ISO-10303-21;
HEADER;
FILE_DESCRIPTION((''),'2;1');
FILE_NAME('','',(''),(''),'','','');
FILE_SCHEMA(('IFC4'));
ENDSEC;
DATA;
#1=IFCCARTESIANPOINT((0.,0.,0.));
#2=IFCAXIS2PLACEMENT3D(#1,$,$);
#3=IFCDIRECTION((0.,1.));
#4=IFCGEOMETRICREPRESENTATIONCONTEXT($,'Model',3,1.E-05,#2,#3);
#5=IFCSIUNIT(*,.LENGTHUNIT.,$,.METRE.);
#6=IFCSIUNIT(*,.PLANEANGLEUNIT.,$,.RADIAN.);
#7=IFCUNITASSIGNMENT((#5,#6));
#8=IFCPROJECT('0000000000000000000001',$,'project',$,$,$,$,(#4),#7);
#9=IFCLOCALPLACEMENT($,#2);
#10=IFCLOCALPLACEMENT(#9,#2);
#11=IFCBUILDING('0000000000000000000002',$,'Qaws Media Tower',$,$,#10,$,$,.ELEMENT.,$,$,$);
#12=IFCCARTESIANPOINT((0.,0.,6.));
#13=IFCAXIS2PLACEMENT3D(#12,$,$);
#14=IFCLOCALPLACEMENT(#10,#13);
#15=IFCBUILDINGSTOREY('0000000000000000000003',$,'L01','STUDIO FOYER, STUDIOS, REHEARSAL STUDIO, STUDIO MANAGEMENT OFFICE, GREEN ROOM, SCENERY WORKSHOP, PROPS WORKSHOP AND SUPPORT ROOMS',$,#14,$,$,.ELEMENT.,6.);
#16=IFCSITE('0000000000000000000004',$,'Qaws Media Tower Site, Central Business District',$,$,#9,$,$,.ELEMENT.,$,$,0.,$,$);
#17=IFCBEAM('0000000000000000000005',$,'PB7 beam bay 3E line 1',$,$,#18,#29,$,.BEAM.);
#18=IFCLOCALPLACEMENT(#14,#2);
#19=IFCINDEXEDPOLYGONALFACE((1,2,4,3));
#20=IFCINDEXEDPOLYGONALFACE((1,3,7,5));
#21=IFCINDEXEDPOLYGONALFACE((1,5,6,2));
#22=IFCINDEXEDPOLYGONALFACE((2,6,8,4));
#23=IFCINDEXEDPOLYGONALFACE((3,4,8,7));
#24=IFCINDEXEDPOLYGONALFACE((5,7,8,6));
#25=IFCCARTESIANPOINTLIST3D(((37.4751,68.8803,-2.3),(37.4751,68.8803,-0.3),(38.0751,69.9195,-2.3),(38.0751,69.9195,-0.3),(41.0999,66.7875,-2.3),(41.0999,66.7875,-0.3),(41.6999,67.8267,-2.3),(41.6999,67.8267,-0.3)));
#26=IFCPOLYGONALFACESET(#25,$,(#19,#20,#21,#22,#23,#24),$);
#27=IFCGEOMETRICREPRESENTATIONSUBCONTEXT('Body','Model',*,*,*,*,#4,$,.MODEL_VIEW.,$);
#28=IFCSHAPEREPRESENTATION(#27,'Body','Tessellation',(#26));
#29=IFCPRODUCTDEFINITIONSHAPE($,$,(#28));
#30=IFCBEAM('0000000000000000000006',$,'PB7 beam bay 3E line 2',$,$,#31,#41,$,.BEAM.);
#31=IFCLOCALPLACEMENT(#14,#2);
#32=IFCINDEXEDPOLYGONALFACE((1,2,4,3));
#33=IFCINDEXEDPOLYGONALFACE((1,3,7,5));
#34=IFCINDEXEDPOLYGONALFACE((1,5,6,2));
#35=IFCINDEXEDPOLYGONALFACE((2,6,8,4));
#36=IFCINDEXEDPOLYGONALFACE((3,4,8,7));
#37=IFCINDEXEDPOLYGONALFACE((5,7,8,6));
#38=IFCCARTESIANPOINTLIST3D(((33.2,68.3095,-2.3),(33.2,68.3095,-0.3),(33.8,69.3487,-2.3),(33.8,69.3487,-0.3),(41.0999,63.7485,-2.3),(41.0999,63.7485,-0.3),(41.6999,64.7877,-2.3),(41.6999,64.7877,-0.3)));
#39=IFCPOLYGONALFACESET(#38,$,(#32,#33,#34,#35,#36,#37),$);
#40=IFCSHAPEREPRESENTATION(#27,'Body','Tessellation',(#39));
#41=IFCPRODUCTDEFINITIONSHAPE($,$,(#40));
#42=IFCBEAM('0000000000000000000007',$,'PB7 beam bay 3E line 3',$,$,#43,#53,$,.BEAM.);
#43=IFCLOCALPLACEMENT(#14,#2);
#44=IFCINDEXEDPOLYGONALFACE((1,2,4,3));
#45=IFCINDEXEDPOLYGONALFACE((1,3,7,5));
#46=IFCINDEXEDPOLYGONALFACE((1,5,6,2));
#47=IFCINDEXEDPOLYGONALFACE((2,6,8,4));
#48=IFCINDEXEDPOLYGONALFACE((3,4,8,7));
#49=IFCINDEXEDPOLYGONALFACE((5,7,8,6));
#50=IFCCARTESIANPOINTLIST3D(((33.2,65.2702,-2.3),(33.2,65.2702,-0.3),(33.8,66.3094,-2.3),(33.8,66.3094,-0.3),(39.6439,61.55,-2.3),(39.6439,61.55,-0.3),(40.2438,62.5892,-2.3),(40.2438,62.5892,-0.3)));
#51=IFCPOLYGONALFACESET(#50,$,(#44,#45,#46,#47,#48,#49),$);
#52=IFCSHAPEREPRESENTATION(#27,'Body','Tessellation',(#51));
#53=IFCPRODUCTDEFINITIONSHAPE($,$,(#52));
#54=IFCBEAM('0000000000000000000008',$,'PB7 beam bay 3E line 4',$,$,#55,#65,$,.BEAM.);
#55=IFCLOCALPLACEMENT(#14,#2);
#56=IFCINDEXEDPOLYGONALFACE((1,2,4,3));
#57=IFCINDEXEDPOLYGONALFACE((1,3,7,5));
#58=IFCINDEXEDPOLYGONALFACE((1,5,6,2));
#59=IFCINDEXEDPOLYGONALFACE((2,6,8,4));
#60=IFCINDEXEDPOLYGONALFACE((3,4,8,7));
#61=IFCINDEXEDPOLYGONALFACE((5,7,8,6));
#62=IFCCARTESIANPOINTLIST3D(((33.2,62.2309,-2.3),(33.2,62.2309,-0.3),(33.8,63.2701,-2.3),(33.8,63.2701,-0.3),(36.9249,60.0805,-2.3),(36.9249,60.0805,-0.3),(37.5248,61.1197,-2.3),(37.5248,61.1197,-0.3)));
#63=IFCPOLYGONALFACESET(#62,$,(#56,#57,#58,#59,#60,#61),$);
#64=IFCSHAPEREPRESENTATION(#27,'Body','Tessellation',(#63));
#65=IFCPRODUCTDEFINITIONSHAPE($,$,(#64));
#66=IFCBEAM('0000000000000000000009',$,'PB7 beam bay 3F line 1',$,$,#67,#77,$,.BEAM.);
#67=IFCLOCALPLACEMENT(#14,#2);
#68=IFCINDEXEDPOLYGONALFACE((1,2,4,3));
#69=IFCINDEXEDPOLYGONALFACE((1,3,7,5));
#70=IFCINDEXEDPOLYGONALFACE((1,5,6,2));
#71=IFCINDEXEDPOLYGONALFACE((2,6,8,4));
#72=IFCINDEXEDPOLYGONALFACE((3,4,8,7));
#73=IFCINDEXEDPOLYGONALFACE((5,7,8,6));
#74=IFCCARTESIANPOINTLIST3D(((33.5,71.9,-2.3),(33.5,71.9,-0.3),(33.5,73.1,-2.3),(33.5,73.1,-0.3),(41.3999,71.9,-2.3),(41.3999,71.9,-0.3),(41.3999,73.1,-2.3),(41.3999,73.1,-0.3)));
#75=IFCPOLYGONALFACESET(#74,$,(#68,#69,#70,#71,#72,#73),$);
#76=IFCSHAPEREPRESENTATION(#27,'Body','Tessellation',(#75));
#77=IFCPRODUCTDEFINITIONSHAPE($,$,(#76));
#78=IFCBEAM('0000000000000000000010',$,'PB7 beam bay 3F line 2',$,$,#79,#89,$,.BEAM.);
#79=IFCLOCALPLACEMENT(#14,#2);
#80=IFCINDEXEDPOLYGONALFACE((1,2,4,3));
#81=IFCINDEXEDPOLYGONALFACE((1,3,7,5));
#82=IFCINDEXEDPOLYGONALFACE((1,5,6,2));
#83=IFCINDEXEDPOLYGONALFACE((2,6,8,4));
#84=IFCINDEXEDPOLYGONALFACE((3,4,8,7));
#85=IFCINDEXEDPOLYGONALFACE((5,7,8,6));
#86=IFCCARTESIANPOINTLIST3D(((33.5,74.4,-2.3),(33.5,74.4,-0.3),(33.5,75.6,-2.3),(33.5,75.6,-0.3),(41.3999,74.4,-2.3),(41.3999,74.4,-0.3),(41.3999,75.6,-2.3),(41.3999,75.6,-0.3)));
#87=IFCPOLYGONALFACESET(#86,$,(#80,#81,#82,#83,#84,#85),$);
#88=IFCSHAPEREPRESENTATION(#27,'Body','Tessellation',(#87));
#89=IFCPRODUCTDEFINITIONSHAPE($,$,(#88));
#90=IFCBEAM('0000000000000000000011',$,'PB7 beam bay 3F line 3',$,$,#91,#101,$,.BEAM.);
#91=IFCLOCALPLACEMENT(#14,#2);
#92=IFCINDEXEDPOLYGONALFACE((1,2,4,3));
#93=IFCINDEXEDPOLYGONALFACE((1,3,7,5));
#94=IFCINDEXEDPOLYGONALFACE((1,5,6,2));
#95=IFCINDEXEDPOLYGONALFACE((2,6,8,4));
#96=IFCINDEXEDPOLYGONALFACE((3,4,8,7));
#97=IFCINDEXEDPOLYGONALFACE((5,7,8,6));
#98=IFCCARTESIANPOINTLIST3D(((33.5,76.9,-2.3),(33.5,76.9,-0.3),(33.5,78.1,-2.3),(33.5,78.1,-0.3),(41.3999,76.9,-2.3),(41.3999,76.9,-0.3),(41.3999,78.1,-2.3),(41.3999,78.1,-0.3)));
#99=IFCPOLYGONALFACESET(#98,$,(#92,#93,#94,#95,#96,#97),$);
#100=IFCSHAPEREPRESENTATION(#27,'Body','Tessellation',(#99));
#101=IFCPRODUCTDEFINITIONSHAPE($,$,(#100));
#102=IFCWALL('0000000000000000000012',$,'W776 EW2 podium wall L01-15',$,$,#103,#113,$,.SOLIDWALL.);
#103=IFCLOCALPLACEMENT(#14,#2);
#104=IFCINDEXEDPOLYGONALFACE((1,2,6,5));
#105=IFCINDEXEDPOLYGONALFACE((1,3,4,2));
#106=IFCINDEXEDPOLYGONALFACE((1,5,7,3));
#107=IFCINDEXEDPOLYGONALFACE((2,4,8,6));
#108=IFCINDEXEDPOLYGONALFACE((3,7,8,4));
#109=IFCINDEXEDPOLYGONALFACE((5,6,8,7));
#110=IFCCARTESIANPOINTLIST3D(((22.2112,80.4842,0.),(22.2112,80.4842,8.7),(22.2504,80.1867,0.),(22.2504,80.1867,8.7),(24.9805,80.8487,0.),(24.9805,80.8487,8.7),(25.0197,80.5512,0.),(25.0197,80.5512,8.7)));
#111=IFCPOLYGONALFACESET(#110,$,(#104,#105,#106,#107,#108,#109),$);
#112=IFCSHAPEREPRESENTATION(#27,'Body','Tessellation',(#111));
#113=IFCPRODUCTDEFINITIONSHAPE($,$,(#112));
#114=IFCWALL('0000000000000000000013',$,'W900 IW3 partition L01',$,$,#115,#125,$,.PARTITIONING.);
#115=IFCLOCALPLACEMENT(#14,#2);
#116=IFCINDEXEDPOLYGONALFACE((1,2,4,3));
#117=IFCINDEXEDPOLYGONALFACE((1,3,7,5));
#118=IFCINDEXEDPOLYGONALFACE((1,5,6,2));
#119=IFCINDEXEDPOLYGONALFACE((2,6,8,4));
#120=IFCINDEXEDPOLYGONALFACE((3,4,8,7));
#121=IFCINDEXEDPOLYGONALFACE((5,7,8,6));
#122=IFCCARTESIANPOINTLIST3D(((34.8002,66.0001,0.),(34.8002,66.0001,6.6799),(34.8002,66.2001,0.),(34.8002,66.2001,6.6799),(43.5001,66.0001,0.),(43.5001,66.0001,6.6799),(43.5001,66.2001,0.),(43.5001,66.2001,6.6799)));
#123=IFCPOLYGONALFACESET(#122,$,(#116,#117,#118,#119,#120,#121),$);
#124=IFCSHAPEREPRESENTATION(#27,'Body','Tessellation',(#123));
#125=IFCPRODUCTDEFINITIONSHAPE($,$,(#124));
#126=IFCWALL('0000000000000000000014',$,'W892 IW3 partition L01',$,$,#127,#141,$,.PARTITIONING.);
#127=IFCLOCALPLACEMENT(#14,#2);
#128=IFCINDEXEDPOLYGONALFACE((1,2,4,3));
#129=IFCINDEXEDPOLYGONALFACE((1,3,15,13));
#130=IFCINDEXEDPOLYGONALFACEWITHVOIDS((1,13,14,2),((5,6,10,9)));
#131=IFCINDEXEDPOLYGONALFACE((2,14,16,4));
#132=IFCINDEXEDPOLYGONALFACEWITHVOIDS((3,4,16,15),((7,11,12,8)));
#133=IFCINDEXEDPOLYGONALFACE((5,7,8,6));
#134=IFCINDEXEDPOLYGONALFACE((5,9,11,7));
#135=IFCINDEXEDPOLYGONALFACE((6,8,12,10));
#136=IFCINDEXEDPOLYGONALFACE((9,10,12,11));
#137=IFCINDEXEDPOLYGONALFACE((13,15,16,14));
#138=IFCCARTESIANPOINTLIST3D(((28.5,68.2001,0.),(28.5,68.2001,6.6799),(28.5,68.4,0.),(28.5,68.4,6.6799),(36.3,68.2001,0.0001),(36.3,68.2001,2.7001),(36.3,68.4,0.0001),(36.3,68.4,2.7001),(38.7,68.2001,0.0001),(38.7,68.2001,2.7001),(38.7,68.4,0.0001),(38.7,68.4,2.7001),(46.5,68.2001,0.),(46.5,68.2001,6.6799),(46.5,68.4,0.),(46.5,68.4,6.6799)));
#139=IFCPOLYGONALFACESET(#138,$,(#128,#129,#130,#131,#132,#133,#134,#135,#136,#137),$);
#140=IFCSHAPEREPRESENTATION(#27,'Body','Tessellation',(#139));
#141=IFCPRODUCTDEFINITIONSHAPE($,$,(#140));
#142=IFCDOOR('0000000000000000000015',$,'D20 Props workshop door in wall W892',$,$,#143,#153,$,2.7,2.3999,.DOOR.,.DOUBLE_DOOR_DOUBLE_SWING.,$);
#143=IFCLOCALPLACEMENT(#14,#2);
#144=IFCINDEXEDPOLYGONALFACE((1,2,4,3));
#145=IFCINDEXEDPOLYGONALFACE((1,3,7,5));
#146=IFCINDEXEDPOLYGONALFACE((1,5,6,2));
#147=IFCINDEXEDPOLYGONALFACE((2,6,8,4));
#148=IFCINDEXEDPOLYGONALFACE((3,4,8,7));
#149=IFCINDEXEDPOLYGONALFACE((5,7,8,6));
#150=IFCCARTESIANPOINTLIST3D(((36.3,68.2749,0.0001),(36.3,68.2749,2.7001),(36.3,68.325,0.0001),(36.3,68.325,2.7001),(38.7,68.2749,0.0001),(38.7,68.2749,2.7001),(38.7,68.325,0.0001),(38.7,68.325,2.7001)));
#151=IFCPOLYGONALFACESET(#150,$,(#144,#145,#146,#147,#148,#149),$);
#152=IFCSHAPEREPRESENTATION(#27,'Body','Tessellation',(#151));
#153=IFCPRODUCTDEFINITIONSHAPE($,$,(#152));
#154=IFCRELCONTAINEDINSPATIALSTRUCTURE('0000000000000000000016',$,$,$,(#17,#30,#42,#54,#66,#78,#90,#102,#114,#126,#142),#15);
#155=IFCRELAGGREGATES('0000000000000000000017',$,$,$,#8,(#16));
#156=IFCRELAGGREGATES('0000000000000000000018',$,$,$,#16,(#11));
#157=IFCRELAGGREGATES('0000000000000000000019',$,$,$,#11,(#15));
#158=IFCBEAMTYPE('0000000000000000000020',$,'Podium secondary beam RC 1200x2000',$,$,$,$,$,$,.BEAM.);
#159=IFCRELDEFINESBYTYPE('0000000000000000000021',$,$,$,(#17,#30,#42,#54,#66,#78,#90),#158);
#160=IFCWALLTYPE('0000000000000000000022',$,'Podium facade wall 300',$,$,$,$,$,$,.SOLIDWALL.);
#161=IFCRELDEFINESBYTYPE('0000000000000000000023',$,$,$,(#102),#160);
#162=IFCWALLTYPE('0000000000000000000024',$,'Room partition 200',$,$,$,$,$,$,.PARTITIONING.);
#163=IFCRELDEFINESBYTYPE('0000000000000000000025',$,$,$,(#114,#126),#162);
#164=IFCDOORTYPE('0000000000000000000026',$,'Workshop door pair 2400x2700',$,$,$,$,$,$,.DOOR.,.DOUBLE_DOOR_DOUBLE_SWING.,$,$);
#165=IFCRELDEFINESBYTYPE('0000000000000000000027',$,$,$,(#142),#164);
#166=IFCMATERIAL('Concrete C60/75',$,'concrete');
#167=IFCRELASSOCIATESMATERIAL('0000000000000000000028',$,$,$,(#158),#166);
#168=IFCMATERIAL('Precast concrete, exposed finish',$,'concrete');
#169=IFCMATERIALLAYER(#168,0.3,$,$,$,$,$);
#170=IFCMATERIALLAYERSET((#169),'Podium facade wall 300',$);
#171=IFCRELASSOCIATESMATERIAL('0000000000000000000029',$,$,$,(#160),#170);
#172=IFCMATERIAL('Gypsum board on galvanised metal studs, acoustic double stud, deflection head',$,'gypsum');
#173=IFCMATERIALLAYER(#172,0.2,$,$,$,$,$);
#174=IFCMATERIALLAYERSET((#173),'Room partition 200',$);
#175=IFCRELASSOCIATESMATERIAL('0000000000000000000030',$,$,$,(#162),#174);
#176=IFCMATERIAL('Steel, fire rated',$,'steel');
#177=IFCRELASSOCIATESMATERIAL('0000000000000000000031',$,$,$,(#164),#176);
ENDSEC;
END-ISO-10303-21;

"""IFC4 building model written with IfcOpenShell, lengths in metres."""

from ifc_helpers import new_model, si_unit, direction, frame, frame_2d, origin, origin_2d, place, context, subcontext, project, spatial, rectangle, extrude, material, layer, layer_set, material_profile, profile_set, type_object, element, fill, save


model = new_model("IFC4")

# Units and contexts
model_context = context("Model", 3, precision=1e-05, world=origin(), true_north=direction((0.0, 1.0)))
body_context = subcontext(model_context, "Body", "Model", "MODEL_VIEW")
ifc_project = project(units=[si_unit("LENGTHUNIT", "METRE"), si_unit("PLANEANGLEUNIT", "RADIAN")], contexts=[model_context])

# Site, building, storey
site_placement = place(None, origin())
site = spatial("IfcSite", under=ifc_project, at=site_placement, Name="Qaws Media Tower Site, Central Business District", CompositionType="ELEMENT", RefElevation=0.0)
building_placement = place(site_placement, origin())
building = spatial("IfcBuilding", under=site, at=building_placement, Name="Qaws Media Tower", CompositionType="ELEMENT")
storey_placement = place(building_placement, frame((0.0, 0.0, 6.0)))
storey = spatial("IfcBuildingStorey", under=building, at=storey_placement, Name="L01", Description="STUDIO FOYER, STUDIOS, REHEARSAL STUDIO, STUDIO MANAGEMENT OFFICE, GREEN ROOM, SCENERY WORKSHOP, PROPS WORKSHOP AND SUPPORT ROOMS", CompositionType="ELEMENT", Elevation=6.0)

# Beams
ifc_material_1 = material(Name="Concrete C60/75", Category="concrete")
ifc_material_profile_1 = material_profile(ifc_material_1, rectangle(XDim=1.2, YDim=2.0, at=origin_2d()), Name="RC 1200x2000")
ifc_profile_set_1 = profile_set([ifc_material_profile_1], Name="Concrete C60/75")
beam_type_1 = type_object("IfcBeamType", Name="Podium secondary beam RC 1200x2000", PredefinedType="BEAM", material=ifc_profile_set_1)
beam_1_placement = place(storey_placement, frame((41.3999, 67.3071, -1.3), z_axis=(-0.866023, 0.500004, 0.0), x_axis=(-0.500004, -0.866023, 0.0)))
element("IfcBeam", 1, at=beam_1_placement, inside=storey, type_object=beam_type_1, Name="PB7 beam bay 3E line 1", PredefinedType="BEAM", context=body_context, shape_type="SweptSolid", body=[
    extrude(rectangle(XDim=1.2, YDim=2.0, at=origin_2d()), origin(), (0.0, 0.0, 1.0), 4.1855),
])
beam_2_placement = place(storey_placement, frame((41.3999, 64.2681, -1.3), z_axis=(-0.866024, 0.500002, 0.0), x_axis=(-0.500002, -0.866024, 0.0)))
element("IfcBeam", 2, at=beam_2_placement, inside=storey, type_object=beam_type_1, Name="PB7 beam bay 3E line 2", PredefinedType="BEAM", context=body_context, shape_type="SweptSolid", body=[
    extrude(rectangle(XDim=1.2, YDim=2.0, at=origin_2d()), origin(), (0.0, 0.0, 1.0), 9.1221),
])
beam_3_placement = place(storey_placement, frame((39.9438, 62.0696, -1.3), z_axis=(-0.866034, 0.499986, 0.0), x_axis=(-0.499986, -0.866034, 0.0)))
element("IfcBeam", 3, at=beam_3_placement, inside=storey, type_object=beam_type_1, Name="PB7 beam bay 3E line 3", PredefinedType="BEAM", context=body_context, shape_type="SweptSolid", body=[
    extrude(rectangle(XDim=1.2, YDim=2.0, at=origin_2d()), origin(), (0.0, 0.0, 1.0), 7.4407),
])
beam_4_placement = place(storey_placement, frame((37.2249, 60.6001, -1.3), z_axis=(-0.866041, 0.499973, 0.0), x_axis=(-0.499973, -0.866041, 0.0)))
element("IfcBeam", 4, at=beam_4_placement, inside=storey, type_object=beam_type_1, Name="PB7 beam bay 3E line 4", PredefinedType="BEAM", context=body_context, shape_type="SweptSolid", body=[
    extrude(rectangle(XDim=1.2, YDim=2.0, at=origin_2d()), origin(), (0.0, 0.0, 1.0), 4.301),
])
for number, where, z_axis, x_axis, name in (
    (5, (33.5, 72.5, -1.3), (1.0, 0.0, 0.0), (0.0, 1.0, 0.0), "PB7 beam bay 3F line 1"),
    (6, (33.5, 75.0, -1.3), (1.0, 0.0, 0.0), (0.0, 1.0, 0.0), "PB7 beam bay 3F line 2"),
    (7, (33.5, 77.5, -1.3), (1.0, 0.0, 0.0), (0.0, 1.0, 0.0), "PB7 beam bay 3F line 3"),
):
    element("IfcBeam", number, at=place(storey_placement, frame(where, z_axis=z_axis, x_axis=x_axis)), inside=storey, type_object=beam_type_1, Name=name, PredefinedType="BEAM", context=body_context, shape_type="SweptSolid", body=[
        extrude(rectangle(XDim=1.2, YDim=2.0, at=origin_2d()), origin(), (0.0, 0.0, 1.0), 7.8999),
    ])

# Walls
ifc_material_2 = material(Name="Precast concrete, exposed finish", Category="concrete")
ifc_layer_1 = layer(ifc_material_2, 0.3)
ifc_layer_set_1 = layer_set([ifc_layer_1], Name="Podium facade wall 300")
wall_type_1 = type_object("IfcWallType", Name="Podium facade wall 300", PredefinedType="SOLIDWALL", material=ifc_layer_set_1)
wall_1_placement = place(storey_placement, frame((25.0, 80.7, 0.0), z_axis=(0.0, 0.0, 1.0), x_axis=(-0.991449, -0.130497, 0.0)))
element("IfcWall", 8, at=wall_1_placement, inside=storey, type_object=wall_type_1, Name="W776 EW2 podium wall L01-15", PredefinedType="SOLIDWALL", context=body_context, shape_type="SweptSolid", body=[
    extrude(rectangle(XDim=2.7932, YDim=0.3, at=frame_2d((1.3965, 0.0))), origin(), (0.0, 0.0, 1.0), 8.7),
])
ifc_material_3 = material(Name="Gypsum board on galvanised metal studs, acoustic double stud, deflection head", Category="gypsum")
ifc_layer_2 = layer(ifc_material_3, 0.2)
ifc_layer_set_2 = layer_set([ifc_layer_2], Name="Room partition 200")
wall_type_2 = type_object("IfcWallType", Name="Room partition 200", PredefinedType="PARTITIONING", material=ifc_layer_set_2)
wall_2_placement = place(storey_placement, frame((34.8, 66.1001, 0.0), z_axis=(0.0, 0.0, 1.0), x_axis=(1.0, 0.0, 0.0)))
element("IfcWall", 9, at=wall_2_placement, inside=storey, type_object=wall_type_2, Name="W900 IW3 partition L01", PredefinedType="PARTITIONING", context=body_context, shape_type="SweptSolid", body=[
    extrude(rectangle(XDim=8.7, YDim=0.2, at=frame_2d((4.3501, 0.0))), origin(), (0.0, 0.0, 1.0), 6.6799),
])

# Wall, opening, door
wall_3_placement = place(storey_placement, frame((28.5, 68.3, 0.0), z_axis=(0.0, 0.0, 1.0), x_axis=(1.0, 0.0, 0.0)))
wall_3 = element("IfcWall", 10, at=wall_3_placement, inside=storey, type_object=wall_type_2, Name="W892 IW3 partition L01", PredefinedType="PARTITIONING", context=body_context, shape_type="SweptSolid", body=[
    extrude(rectangle(XDim=18.0, YDim=0.2, at=frame_2d((9.0, 0.0))), origin(), (0.0, 0.0, 1.0), 6.6799),
])
opening_placement = place(wall_3_placement, frame((7.8, 0.0, 0.0)))
opening = element("IfcOpeningElement", 11, at=opening_placement, cuts=wall_3, PredefinedType="OPENING", context=body_context, shape_type="SweptSolid", body=[
    extrude(rectangle(XDim=2.3999, YDim=2.7, at=frame_2d((1.2, 1.3501))), frame((0.0, 0.1099, 0.0), z_axis=(0.0, -1.0, 0.0), x_axis=(1.0, 0.0, 0.0)), (0.0, 0.0, 1.0), 0.22),
])
ifc_material_4 = material(Name="Steel, fire rated", Category="steel")
door_type = type_object("IfcDoorType", Name="Workshop door pair 2400x2700", OperationType="DOUBLE_DOOR_DOUBLE_SWING", PredefinedType="DOOR", material=ifc_material_4)
door_placement = place(opening_placement, origin())
door = element("IfcDoor", 12, at=door_placement, inside=storey, type_object=door_type, Name="D20 Props workshop door in wall W892", OperationType="DOUBLE_DOOR_DOUBLE_SWING", OverallHeight=2.7, OverallWidth=2.3999, PredefinedType="DOOR", context=body_context, shape_type="SweptSolid", body=[
    extrude(rectangle(XDim=2.3999, YDim=2.7, at=frame_2d((1.2, 1.3501))), frame((0.0, 0.0249, 0.0), z_axis=(0.0, -1.0, 0.0), x_axis=(1.0, 0.0, 0.0)), (0.0, 0.0, 1.0), 0.05),
])
fill(opening, door)

save(model, "model.ifc")
